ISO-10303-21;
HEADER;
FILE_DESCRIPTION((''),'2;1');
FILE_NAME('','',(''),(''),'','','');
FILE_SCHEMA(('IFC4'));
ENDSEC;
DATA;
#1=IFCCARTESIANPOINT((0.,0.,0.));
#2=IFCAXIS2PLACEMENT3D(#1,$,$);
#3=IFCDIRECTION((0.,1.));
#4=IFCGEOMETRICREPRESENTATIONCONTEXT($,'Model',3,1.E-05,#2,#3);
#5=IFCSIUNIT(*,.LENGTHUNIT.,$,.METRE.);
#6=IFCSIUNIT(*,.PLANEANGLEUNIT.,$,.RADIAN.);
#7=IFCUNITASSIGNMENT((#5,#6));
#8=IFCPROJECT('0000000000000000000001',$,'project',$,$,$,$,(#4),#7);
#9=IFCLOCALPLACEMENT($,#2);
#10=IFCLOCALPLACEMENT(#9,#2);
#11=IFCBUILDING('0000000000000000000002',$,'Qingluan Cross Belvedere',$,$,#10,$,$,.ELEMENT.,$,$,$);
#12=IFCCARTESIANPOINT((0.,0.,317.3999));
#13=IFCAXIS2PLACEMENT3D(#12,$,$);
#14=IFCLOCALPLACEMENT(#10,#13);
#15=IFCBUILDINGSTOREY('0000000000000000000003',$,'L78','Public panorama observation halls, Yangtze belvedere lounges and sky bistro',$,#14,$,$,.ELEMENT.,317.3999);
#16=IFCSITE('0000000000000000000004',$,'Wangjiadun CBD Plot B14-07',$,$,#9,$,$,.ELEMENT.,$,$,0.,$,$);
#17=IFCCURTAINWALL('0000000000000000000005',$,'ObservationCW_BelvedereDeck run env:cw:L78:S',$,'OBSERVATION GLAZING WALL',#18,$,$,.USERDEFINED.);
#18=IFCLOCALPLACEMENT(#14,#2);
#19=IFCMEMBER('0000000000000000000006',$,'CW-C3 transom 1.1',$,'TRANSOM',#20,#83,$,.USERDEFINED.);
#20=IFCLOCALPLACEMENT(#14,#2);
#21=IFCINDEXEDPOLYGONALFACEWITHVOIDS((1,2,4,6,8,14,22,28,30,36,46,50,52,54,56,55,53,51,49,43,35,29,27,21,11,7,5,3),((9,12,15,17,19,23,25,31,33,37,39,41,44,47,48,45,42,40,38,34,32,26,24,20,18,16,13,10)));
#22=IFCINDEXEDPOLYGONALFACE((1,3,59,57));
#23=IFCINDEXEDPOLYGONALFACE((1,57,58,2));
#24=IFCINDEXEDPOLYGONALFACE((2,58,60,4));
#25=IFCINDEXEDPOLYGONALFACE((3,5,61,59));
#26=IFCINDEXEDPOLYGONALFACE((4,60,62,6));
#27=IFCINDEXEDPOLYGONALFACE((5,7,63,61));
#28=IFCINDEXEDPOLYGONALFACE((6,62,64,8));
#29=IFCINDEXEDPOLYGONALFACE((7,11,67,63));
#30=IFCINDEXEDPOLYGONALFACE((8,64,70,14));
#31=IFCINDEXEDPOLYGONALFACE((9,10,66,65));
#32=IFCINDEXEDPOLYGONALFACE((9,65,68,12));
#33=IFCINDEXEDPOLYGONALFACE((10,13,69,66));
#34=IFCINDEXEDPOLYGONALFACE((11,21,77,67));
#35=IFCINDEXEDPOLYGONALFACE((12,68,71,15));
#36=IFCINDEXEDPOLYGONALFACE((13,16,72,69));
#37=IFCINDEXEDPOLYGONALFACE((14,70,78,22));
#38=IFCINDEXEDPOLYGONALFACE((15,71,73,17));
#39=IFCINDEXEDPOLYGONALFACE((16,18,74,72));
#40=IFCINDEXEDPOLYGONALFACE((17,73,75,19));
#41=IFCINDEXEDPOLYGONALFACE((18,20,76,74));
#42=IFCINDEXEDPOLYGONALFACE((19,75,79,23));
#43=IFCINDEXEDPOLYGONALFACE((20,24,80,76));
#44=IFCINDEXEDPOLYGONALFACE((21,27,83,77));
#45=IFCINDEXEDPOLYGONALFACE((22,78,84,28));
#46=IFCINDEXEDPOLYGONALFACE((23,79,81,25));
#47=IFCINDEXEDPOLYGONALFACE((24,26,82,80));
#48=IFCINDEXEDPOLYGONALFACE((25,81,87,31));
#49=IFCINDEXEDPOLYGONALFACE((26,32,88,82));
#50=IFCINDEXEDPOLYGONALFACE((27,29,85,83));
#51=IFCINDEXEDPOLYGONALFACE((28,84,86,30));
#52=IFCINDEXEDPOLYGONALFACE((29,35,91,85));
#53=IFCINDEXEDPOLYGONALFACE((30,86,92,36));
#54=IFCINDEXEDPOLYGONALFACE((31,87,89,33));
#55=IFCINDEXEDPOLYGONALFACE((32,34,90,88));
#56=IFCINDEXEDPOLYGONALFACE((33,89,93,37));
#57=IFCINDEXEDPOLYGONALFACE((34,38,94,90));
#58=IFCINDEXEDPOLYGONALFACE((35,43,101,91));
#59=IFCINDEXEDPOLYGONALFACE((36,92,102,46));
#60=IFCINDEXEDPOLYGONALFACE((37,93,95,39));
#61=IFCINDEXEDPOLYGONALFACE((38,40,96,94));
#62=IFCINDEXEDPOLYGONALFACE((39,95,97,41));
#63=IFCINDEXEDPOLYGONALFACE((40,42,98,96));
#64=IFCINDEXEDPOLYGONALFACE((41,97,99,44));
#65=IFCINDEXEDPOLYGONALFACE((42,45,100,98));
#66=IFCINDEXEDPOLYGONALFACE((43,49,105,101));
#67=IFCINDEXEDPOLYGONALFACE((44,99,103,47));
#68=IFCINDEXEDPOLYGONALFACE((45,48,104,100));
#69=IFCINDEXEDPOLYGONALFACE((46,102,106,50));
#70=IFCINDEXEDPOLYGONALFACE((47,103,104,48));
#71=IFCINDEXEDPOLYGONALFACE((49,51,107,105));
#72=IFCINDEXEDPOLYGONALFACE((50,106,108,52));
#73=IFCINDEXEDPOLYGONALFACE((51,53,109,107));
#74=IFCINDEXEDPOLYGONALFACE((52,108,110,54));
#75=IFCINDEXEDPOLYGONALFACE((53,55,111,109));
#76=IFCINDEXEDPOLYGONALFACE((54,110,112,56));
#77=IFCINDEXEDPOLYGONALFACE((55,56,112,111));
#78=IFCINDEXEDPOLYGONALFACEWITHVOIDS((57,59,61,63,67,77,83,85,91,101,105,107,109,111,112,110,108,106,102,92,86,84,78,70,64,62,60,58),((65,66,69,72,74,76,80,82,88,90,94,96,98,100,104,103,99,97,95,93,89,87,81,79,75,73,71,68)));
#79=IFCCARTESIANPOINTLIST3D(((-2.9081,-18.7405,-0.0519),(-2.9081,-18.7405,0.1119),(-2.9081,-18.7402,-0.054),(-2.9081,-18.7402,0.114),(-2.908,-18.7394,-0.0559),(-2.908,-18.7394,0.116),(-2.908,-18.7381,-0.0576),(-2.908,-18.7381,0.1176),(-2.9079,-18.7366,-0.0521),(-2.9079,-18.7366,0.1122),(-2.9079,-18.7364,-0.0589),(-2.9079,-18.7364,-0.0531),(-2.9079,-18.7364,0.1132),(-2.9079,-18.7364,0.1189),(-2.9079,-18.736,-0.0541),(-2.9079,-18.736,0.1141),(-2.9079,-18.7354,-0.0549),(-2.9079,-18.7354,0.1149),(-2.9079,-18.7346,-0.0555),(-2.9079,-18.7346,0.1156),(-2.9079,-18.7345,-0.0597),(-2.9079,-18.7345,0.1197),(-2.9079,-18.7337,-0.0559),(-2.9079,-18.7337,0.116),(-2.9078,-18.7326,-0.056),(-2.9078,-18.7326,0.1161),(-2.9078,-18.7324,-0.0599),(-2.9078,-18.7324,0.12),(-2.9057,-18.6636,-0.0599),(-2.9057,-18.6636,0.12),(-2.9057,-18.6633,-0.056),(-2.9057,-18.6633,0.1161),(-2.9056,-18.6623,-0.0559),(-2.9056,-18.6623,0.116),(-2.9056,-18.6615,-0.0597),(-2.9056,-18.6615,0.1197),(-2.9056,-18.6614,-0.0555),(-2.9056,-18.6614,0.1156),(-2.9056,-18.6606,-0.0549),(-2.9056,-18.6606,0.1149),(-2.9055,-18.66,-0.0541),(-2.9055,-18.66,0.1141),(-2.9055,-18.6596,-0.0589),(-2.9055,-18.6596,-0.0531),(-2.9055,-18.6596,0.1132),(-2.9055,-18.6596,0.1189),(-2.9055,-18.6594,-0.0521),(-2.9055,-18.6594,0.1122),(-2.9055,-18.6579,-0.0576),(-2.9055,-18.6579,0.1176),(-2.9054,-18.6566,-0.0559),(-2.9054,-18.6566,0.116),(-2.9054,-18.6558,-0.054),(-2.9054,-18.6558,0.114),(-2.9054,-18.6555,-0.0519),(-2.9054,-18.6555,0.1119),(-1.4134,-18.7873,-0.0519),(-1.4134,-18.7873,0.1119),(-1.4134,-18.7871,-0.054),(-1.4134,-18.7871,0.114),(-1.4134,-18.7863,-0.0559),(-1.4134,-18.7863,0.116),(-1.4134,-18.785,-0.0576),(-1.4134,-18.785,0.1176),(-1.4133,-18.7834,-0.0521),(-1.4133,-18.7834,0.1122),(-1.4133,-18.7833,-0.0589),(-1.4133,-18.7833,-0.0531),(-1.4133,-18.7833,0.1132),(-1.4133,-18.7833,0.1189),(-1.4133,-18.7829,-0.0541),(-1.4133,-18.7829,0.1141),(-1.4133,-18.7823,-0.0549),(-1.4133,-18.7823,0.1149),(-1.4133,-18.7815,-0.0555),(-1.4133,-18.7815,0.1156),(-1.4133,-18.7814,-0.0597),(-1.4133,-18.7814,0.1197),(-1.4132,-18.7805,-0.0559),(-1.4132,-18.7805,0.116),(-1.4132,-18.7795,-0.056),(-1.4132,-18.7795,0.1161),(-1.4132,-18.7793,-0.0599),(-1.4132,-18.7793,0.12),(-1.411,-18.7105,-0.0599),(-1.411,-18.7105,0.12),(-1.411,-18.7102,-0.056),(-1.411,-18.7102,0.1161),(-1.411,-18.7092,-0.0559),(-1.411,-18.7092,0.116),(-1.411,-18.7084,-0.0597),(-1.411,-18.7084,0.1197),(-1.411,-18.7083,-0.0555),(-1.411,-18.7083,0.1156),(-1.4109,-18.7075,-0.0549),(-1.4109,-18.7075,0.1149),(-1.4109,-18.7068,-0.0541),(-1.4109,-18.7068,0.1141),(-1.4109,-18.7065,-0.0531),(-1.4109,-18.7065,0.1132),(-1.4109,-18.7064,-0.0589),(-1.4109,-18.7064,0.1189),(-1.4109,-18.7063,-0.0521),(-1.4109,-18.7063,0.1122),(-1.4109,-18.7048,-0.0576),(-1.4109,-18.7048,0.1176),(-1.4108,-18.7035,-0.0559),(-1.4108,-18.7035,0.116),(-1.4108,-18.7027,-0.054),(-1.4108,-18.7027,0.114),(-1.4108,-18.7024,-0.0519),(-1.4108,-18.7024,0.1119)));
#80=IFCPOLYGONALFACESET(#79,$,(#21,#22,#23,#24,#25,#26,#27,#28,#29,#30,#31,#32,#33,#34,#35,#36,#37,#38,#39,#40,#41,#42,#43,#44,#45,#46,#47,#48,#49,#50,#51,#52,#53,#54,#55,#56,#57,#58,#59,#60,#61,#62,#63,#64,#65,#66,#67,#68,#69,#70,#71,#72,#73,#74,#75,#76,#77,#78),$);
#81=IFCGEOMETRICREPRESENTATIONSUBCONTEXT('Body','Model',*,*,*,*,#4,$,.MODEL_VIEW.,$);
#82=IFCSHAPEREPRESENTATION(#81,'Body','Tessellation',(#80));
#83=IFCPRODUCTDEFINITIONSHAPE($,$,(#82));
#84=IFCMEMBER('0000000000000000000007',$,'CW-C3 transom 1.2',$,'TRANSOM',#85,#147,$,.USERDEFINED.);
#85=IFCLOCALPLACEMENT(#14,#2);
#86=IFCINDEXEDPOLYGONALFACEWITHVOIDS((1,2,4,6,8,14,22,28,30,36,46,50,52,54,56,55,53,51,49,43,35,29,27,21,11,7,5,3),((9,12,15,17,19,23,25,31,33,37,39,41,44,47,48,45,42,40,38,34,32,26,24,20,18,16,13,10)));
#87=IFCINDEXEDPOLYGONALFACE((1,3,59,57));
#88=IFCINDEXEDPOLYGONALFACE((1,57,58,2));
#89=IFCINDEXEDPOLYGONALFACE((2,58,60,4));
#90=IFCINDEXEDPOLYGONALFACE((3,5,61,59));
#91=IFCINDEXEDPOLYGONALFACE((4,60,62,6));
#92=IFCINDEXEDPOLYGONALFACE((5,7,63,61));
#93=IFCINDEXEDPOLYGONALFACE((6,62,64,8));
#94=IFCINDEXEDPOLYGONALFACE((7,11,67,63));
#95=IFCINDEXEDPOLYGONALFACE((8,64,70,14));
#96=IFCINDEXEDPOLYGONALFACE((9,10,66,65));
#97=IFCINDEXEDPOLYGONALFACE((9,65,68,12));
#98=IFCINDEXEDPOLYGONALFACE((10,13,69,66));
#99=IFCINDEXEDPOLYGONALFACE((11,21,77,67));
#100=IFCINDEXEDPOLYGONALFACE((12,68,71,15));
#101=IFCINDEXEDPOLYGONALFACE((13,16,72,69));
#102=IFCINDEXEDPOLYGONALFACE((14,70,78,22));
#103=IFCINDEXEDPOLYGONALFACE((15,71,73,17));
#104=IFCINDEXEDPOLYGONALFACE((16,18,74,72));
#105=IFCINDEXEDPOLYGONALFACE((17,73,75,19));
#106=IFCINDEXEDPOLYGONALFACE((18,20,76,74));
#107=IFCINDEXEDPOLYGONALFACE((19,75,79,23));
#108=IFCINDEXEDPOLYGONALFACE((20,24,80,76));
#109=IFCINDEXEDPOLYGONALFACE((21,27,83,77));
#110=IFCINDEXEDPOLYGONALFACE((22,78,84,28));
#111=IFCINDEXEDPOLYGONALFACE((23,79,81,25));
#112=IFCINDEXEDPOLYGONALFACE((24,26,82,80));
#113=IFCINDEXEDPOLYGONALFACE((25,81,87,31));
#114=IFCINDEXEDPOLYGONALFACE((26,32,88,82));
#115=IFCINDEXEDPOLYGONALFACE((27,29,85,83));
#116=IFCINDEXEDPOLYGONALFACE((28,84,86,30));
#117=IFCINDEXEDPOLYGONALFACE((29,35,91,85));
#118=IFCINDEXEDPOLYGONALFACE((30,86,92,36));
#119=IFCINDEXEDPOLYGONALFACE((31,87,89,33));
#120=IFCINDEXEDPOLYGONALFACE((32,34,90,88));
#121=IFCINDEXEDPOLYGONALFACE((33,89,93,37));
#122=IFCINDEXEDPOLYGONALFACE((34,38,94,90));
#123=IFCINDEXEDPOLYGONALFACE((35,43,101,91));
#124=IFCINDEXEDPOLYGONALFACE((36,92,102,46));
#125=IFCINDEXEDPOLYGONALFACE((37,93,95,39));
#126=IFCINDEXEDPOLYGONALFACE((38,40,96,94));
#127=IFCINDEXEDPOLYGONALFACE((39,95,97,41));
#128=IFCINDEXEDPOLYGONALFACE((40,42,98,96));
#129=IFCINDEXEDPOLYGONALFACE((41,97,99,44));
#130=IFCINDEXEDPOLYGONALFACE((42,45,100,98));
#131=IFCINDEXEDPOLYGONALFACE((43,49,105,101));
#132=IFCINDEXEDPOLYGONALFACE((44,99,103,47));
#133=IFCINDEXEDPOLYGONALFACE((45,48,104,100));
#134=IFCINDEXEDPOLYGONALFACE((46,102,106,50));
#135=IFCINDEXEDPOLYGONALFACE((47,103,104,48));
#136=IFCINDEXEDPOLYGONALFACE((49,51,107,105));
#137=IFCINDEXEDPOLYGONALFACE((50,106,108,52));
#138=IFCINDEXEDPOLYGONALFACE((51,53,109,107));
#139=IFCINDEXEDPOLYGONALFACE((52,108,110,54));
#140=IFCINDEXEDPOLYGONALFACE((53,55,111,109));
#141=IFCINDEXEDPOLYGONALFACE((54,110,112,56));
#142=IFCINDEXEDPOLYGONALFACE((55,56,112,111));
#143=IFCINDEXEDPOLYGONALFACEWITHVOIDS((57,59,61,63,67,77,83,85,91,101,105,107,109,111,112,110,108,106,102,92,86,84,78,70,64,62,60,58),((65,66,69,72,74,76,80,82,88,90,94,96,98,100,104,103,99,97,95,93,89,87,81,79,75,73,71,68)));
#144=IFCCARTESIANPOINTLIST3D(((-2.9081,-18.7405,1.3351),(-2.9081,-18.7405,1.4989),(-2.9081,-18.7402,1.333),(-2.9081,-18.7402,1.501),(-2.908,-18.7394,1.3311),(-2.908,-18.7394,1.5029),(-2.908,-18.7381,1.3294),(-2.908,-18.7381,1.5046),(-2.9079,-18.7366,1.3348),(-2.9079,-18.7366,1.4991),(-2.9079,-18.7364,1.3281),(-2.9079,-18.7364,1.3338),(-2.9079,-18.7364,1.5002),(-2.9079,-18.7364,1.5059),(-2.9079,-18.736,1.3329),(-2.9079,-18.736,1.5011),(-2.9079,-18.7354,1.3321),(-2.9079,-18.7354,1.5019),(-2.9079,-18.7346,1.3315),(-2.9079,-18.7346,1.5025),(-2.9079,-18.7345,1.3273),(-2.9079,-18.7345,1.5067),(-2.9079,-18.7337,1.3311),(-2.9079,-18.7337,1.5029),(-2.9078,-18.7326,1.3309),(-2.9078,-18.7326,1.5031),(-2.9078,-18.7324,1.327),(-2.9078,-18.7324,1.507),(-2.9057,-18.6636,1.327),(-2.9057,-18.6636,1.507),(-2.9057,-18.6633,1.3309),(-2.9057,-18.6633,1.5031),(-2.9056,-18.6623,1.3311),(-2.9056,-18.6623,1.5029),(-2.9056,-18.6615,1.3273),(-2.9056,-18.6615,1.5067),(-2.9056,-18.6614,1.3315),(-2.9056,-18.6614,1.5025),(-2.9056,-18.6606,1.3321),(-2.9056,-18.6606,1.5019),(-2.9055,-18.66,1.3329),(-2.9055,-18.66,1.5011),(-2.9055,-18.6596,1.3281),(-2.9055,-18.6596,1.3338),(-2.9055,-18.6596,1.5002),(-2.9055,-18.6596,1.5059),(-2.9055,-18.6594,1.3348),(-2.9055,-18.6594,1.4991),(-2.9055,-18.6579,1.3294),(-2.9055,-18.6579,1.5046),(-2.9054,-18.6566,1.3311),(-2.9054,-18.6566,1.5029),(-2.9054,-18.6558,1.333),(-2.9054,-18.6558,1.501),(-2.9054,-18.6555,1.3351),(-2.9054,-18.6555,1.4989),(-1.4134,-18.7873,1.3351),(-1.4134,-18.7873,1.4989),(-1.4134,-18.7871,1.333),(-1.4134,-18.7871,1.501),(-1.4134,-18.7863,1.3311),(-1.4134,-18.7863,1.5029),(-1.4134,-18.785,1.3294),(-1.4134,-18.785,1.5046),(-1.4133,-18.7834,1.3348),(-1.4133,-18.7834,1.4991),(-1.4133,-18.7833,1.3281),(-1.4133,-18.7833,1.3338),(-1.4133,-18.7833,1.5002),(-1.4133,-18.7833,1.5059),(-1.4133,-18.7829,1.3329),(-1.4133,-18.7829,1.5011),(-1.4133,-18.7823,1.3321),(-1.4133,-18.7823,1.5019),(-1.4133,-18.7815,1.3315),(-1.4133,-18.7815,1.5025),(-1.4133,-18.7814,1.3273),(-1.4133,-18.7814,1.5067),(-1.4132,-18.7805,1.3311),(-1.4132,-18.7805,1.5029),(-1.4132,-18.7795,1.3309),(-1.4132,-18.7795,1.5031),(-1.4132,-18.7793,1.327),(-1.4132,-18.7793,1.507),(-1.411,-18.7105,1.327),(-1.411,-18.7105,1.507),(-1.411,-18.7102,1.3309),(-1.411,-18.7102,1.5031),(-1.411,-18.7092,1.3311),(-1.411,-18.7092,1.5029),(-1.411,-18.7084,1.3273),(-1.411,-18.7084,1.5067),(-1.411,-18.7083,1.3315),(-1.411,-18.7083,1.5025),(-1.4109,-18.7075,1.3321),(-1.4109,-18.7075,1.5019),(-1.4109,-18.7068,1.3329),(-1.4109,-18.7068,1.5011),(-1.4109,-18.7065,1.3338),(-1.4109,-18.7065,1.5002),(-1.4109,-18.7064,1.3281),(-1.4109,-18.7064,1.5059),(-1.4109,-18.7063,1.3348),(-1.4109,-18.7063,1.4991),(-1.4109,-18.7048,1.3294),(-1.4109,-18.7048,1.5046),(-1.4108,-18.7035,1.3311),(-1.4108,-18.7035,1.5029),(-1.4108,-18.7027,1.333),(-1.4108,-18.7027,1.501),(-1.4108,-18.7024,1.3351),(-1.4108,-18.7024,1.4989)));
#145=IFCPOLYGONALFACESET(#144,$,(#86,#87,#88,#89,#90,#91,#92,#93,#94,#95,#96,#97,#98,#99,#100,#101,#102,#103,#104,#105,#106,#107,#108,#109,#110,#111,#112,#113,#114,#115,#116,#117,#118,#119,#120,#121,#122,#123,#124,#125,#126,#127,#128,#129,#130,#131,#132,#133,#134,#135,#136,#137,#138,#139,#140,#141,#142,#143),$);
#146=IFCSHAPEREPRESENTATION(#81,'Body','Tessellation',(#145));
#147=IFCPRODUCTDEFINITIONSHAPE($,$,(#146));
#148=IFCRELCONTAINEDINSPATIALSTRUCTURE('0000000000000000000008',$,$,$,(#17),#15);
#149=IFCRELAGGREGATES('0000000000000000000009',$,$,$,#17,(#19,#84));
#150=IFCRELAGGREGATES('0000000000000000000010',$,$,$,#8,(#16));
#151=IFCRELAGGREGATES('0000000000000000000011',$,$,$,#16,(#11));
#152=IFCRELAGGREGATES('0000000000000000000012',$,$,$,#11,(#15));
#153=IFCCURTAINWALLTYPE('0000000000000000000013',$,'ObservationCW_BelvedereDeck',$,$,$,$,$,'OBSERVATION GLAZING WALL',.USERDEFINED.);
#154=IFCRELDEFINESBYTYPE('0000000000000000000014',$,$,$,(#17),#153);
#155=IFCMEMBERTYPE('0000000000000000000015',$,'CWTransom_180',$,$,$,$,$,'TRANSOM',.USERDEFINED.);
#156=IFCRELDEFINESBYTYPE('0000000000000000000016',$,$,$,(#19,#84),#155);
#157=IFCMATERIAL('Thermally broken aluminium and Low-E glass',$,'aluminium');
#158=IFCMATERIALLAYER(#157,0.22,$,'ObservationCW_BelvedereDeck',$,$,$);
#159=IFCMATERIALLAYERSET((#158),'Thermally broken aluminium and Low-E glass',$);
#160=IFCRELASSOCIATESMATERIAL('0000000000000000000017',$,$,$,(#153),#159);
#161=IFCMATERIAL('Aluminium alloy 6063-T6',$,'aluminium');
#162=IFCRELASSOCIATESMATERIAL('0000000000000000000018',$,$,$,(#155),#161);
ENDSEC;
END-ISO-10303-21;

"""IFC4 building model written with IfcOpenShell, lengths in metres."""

from ifc_helpers import new_model, si_unit, direction, frame, origin, origin_2d, place, context, subcontext, project, spatial, hollow_rectangle, extrude, material, layer, layer_set, material_profile, profile_set, type_object, element, aggregate, save


model = new_model("IFC4")

# Units and contexts
model_context = context("Model", 3, precision=1e-05, world=origin(), true_north=direction((0.0, 1.0)))
body_context = subcontext(model_context, "Body", "Model", "MODEL_VIEW")
ifc_project = project(units=[si_unit("LENGTHUNIT", "METRE"), si_unit("PLANEANGLEUNIT", "RADIAN")], contexts=[model_context])

# Site, building, storey
site_placement = place(None, origin())
site = spatial("IfcSite", under=ifc_project, at=site_placement, Name="Wangjiadun CBD Plot B14-07", CompositionType="ELEMENT", RefElevation=0.0)
building_placement = place(site_placement, origin())
building = spatial("IfcBuilding", under=site, at=building_placement, Name="Qingluan Cross Belvedere", CompositionType="ELEMENT")
storey_placement = place(building_placement, frame((0.0, 0.0, 317.3999)))
storey = spatial("IfcBuildingStorey", under=building, at=storey_placement, Name="L78", Description="Public panorama observation halls, Yangtze belvedere lounges and sky bistro", CompositionType="ELEMENT", Elevation=317.3999)

# Curtain wall, members
ifc_material_1 = material(Name="Thermally broken aluminium and Low-E glass", Category="aluminium")
ifc_layer_1 = layer(ifc_material_1, 0.22, Name="ObservationCW_BelvedereDeck")
ifc_layer_set_1 = layer_set([ifc_layer_1], Name="Thermally broken aluminium and Low-E glass")
curtain_wall_type = type_object("IfcCurtainWallType", Name="ObservationCW_BelvedereDeck", ElementType="OBSERVATION GLAZING WALL", PredefinedType="USERDEFINED", material=ifc_layer_set_1)
curtain_wall_placement = place(storey_placement, origin())
curtain_wall = element("IfcCurtainWall", 1, at=curtain_wall_placement, inside=storey, type_object=curtain_wall_type, Name="ObservationCW_BelvedereDeck run env:cw:L78:S", ObjectType="OBSERVATION GLAZING WALL", PredefinedType="USERDEFINED")
ifc_material_2 = material(Name="Aluminium alloy 6063-T6", Category="aluminium")
ifc_material_profile_1 = material_profile(ifc_material_2, hollow_rectangle(XDim=0.085, YDim=0.1799, WallThickness=0.0039, InnerFilletRadius=0.0039, OuterFilletRadius=0.0081, at=origin_2d()), Name="CWT180x85x4")
ifc_profile_set_1 = profile_set([ifc_material_profile_1], Name="Aluminium alloy 6063-T6")
member_type_1 = type_object("IfcMemberType", Name="CWTransom_180", ElementType="TRANSOM", PredefinedType="USERDEFINED", material=ifc_profile_set_1)
member_1_placement = place(storey_placement, frame((-2.9067, -18.698, 0.03), z_axis=(0.999509, -0.031347, 0.0), x_axis=(0.031347, 0.999509, 0.0)))
member_1 = element("IfcMember", 2, at=member_1_placement, type_object=member_type_1, Name="CW-C3 transom 1.1", ObjectType="TRANSOM", PredefinedType="USERDEFINED", context=body_context, shape_type="SweptSolid", body=[
    extrude(hollow_rectangle(XDim=0.085, YDim=0.1799, WallThickness=0.0039, InnerFilletRadius=0.0039, OuterFilletRadius=0.0081, at=origin_2d()), origin(), (0.0, 0.0, 1.0), 1.4954),
])
member_2_placement = place(storey_placement, frame((-2.9067, -18.698, 1.417), z_axis=(0.999509, -0.031347, 0.0), x_axis=(0.031347, 0.999509, 0.0)))
member_2 = element("IfcMember", 3, at=member_2_placement, type_object=member_type_1, Name="CW-C3 transom 1.2", ObjectType="TRANSOM", PredefinedType="USERDEFINED", context=body_context, shape_type="SweptSolid", body=[
    extrude(hollow_rectangle(XDim=0.085, YDim=0.1799, WallThickness=0.0039, InnerFilletRadius=0.0039, OuterFilletRadius=0.0081, at=origin_2d()), origin(), (0.0, 0.0, 1.0), 1.4954),
])
aggregate(curtain_wall, [member_1, member_2])

save(model, "model.ifc")
